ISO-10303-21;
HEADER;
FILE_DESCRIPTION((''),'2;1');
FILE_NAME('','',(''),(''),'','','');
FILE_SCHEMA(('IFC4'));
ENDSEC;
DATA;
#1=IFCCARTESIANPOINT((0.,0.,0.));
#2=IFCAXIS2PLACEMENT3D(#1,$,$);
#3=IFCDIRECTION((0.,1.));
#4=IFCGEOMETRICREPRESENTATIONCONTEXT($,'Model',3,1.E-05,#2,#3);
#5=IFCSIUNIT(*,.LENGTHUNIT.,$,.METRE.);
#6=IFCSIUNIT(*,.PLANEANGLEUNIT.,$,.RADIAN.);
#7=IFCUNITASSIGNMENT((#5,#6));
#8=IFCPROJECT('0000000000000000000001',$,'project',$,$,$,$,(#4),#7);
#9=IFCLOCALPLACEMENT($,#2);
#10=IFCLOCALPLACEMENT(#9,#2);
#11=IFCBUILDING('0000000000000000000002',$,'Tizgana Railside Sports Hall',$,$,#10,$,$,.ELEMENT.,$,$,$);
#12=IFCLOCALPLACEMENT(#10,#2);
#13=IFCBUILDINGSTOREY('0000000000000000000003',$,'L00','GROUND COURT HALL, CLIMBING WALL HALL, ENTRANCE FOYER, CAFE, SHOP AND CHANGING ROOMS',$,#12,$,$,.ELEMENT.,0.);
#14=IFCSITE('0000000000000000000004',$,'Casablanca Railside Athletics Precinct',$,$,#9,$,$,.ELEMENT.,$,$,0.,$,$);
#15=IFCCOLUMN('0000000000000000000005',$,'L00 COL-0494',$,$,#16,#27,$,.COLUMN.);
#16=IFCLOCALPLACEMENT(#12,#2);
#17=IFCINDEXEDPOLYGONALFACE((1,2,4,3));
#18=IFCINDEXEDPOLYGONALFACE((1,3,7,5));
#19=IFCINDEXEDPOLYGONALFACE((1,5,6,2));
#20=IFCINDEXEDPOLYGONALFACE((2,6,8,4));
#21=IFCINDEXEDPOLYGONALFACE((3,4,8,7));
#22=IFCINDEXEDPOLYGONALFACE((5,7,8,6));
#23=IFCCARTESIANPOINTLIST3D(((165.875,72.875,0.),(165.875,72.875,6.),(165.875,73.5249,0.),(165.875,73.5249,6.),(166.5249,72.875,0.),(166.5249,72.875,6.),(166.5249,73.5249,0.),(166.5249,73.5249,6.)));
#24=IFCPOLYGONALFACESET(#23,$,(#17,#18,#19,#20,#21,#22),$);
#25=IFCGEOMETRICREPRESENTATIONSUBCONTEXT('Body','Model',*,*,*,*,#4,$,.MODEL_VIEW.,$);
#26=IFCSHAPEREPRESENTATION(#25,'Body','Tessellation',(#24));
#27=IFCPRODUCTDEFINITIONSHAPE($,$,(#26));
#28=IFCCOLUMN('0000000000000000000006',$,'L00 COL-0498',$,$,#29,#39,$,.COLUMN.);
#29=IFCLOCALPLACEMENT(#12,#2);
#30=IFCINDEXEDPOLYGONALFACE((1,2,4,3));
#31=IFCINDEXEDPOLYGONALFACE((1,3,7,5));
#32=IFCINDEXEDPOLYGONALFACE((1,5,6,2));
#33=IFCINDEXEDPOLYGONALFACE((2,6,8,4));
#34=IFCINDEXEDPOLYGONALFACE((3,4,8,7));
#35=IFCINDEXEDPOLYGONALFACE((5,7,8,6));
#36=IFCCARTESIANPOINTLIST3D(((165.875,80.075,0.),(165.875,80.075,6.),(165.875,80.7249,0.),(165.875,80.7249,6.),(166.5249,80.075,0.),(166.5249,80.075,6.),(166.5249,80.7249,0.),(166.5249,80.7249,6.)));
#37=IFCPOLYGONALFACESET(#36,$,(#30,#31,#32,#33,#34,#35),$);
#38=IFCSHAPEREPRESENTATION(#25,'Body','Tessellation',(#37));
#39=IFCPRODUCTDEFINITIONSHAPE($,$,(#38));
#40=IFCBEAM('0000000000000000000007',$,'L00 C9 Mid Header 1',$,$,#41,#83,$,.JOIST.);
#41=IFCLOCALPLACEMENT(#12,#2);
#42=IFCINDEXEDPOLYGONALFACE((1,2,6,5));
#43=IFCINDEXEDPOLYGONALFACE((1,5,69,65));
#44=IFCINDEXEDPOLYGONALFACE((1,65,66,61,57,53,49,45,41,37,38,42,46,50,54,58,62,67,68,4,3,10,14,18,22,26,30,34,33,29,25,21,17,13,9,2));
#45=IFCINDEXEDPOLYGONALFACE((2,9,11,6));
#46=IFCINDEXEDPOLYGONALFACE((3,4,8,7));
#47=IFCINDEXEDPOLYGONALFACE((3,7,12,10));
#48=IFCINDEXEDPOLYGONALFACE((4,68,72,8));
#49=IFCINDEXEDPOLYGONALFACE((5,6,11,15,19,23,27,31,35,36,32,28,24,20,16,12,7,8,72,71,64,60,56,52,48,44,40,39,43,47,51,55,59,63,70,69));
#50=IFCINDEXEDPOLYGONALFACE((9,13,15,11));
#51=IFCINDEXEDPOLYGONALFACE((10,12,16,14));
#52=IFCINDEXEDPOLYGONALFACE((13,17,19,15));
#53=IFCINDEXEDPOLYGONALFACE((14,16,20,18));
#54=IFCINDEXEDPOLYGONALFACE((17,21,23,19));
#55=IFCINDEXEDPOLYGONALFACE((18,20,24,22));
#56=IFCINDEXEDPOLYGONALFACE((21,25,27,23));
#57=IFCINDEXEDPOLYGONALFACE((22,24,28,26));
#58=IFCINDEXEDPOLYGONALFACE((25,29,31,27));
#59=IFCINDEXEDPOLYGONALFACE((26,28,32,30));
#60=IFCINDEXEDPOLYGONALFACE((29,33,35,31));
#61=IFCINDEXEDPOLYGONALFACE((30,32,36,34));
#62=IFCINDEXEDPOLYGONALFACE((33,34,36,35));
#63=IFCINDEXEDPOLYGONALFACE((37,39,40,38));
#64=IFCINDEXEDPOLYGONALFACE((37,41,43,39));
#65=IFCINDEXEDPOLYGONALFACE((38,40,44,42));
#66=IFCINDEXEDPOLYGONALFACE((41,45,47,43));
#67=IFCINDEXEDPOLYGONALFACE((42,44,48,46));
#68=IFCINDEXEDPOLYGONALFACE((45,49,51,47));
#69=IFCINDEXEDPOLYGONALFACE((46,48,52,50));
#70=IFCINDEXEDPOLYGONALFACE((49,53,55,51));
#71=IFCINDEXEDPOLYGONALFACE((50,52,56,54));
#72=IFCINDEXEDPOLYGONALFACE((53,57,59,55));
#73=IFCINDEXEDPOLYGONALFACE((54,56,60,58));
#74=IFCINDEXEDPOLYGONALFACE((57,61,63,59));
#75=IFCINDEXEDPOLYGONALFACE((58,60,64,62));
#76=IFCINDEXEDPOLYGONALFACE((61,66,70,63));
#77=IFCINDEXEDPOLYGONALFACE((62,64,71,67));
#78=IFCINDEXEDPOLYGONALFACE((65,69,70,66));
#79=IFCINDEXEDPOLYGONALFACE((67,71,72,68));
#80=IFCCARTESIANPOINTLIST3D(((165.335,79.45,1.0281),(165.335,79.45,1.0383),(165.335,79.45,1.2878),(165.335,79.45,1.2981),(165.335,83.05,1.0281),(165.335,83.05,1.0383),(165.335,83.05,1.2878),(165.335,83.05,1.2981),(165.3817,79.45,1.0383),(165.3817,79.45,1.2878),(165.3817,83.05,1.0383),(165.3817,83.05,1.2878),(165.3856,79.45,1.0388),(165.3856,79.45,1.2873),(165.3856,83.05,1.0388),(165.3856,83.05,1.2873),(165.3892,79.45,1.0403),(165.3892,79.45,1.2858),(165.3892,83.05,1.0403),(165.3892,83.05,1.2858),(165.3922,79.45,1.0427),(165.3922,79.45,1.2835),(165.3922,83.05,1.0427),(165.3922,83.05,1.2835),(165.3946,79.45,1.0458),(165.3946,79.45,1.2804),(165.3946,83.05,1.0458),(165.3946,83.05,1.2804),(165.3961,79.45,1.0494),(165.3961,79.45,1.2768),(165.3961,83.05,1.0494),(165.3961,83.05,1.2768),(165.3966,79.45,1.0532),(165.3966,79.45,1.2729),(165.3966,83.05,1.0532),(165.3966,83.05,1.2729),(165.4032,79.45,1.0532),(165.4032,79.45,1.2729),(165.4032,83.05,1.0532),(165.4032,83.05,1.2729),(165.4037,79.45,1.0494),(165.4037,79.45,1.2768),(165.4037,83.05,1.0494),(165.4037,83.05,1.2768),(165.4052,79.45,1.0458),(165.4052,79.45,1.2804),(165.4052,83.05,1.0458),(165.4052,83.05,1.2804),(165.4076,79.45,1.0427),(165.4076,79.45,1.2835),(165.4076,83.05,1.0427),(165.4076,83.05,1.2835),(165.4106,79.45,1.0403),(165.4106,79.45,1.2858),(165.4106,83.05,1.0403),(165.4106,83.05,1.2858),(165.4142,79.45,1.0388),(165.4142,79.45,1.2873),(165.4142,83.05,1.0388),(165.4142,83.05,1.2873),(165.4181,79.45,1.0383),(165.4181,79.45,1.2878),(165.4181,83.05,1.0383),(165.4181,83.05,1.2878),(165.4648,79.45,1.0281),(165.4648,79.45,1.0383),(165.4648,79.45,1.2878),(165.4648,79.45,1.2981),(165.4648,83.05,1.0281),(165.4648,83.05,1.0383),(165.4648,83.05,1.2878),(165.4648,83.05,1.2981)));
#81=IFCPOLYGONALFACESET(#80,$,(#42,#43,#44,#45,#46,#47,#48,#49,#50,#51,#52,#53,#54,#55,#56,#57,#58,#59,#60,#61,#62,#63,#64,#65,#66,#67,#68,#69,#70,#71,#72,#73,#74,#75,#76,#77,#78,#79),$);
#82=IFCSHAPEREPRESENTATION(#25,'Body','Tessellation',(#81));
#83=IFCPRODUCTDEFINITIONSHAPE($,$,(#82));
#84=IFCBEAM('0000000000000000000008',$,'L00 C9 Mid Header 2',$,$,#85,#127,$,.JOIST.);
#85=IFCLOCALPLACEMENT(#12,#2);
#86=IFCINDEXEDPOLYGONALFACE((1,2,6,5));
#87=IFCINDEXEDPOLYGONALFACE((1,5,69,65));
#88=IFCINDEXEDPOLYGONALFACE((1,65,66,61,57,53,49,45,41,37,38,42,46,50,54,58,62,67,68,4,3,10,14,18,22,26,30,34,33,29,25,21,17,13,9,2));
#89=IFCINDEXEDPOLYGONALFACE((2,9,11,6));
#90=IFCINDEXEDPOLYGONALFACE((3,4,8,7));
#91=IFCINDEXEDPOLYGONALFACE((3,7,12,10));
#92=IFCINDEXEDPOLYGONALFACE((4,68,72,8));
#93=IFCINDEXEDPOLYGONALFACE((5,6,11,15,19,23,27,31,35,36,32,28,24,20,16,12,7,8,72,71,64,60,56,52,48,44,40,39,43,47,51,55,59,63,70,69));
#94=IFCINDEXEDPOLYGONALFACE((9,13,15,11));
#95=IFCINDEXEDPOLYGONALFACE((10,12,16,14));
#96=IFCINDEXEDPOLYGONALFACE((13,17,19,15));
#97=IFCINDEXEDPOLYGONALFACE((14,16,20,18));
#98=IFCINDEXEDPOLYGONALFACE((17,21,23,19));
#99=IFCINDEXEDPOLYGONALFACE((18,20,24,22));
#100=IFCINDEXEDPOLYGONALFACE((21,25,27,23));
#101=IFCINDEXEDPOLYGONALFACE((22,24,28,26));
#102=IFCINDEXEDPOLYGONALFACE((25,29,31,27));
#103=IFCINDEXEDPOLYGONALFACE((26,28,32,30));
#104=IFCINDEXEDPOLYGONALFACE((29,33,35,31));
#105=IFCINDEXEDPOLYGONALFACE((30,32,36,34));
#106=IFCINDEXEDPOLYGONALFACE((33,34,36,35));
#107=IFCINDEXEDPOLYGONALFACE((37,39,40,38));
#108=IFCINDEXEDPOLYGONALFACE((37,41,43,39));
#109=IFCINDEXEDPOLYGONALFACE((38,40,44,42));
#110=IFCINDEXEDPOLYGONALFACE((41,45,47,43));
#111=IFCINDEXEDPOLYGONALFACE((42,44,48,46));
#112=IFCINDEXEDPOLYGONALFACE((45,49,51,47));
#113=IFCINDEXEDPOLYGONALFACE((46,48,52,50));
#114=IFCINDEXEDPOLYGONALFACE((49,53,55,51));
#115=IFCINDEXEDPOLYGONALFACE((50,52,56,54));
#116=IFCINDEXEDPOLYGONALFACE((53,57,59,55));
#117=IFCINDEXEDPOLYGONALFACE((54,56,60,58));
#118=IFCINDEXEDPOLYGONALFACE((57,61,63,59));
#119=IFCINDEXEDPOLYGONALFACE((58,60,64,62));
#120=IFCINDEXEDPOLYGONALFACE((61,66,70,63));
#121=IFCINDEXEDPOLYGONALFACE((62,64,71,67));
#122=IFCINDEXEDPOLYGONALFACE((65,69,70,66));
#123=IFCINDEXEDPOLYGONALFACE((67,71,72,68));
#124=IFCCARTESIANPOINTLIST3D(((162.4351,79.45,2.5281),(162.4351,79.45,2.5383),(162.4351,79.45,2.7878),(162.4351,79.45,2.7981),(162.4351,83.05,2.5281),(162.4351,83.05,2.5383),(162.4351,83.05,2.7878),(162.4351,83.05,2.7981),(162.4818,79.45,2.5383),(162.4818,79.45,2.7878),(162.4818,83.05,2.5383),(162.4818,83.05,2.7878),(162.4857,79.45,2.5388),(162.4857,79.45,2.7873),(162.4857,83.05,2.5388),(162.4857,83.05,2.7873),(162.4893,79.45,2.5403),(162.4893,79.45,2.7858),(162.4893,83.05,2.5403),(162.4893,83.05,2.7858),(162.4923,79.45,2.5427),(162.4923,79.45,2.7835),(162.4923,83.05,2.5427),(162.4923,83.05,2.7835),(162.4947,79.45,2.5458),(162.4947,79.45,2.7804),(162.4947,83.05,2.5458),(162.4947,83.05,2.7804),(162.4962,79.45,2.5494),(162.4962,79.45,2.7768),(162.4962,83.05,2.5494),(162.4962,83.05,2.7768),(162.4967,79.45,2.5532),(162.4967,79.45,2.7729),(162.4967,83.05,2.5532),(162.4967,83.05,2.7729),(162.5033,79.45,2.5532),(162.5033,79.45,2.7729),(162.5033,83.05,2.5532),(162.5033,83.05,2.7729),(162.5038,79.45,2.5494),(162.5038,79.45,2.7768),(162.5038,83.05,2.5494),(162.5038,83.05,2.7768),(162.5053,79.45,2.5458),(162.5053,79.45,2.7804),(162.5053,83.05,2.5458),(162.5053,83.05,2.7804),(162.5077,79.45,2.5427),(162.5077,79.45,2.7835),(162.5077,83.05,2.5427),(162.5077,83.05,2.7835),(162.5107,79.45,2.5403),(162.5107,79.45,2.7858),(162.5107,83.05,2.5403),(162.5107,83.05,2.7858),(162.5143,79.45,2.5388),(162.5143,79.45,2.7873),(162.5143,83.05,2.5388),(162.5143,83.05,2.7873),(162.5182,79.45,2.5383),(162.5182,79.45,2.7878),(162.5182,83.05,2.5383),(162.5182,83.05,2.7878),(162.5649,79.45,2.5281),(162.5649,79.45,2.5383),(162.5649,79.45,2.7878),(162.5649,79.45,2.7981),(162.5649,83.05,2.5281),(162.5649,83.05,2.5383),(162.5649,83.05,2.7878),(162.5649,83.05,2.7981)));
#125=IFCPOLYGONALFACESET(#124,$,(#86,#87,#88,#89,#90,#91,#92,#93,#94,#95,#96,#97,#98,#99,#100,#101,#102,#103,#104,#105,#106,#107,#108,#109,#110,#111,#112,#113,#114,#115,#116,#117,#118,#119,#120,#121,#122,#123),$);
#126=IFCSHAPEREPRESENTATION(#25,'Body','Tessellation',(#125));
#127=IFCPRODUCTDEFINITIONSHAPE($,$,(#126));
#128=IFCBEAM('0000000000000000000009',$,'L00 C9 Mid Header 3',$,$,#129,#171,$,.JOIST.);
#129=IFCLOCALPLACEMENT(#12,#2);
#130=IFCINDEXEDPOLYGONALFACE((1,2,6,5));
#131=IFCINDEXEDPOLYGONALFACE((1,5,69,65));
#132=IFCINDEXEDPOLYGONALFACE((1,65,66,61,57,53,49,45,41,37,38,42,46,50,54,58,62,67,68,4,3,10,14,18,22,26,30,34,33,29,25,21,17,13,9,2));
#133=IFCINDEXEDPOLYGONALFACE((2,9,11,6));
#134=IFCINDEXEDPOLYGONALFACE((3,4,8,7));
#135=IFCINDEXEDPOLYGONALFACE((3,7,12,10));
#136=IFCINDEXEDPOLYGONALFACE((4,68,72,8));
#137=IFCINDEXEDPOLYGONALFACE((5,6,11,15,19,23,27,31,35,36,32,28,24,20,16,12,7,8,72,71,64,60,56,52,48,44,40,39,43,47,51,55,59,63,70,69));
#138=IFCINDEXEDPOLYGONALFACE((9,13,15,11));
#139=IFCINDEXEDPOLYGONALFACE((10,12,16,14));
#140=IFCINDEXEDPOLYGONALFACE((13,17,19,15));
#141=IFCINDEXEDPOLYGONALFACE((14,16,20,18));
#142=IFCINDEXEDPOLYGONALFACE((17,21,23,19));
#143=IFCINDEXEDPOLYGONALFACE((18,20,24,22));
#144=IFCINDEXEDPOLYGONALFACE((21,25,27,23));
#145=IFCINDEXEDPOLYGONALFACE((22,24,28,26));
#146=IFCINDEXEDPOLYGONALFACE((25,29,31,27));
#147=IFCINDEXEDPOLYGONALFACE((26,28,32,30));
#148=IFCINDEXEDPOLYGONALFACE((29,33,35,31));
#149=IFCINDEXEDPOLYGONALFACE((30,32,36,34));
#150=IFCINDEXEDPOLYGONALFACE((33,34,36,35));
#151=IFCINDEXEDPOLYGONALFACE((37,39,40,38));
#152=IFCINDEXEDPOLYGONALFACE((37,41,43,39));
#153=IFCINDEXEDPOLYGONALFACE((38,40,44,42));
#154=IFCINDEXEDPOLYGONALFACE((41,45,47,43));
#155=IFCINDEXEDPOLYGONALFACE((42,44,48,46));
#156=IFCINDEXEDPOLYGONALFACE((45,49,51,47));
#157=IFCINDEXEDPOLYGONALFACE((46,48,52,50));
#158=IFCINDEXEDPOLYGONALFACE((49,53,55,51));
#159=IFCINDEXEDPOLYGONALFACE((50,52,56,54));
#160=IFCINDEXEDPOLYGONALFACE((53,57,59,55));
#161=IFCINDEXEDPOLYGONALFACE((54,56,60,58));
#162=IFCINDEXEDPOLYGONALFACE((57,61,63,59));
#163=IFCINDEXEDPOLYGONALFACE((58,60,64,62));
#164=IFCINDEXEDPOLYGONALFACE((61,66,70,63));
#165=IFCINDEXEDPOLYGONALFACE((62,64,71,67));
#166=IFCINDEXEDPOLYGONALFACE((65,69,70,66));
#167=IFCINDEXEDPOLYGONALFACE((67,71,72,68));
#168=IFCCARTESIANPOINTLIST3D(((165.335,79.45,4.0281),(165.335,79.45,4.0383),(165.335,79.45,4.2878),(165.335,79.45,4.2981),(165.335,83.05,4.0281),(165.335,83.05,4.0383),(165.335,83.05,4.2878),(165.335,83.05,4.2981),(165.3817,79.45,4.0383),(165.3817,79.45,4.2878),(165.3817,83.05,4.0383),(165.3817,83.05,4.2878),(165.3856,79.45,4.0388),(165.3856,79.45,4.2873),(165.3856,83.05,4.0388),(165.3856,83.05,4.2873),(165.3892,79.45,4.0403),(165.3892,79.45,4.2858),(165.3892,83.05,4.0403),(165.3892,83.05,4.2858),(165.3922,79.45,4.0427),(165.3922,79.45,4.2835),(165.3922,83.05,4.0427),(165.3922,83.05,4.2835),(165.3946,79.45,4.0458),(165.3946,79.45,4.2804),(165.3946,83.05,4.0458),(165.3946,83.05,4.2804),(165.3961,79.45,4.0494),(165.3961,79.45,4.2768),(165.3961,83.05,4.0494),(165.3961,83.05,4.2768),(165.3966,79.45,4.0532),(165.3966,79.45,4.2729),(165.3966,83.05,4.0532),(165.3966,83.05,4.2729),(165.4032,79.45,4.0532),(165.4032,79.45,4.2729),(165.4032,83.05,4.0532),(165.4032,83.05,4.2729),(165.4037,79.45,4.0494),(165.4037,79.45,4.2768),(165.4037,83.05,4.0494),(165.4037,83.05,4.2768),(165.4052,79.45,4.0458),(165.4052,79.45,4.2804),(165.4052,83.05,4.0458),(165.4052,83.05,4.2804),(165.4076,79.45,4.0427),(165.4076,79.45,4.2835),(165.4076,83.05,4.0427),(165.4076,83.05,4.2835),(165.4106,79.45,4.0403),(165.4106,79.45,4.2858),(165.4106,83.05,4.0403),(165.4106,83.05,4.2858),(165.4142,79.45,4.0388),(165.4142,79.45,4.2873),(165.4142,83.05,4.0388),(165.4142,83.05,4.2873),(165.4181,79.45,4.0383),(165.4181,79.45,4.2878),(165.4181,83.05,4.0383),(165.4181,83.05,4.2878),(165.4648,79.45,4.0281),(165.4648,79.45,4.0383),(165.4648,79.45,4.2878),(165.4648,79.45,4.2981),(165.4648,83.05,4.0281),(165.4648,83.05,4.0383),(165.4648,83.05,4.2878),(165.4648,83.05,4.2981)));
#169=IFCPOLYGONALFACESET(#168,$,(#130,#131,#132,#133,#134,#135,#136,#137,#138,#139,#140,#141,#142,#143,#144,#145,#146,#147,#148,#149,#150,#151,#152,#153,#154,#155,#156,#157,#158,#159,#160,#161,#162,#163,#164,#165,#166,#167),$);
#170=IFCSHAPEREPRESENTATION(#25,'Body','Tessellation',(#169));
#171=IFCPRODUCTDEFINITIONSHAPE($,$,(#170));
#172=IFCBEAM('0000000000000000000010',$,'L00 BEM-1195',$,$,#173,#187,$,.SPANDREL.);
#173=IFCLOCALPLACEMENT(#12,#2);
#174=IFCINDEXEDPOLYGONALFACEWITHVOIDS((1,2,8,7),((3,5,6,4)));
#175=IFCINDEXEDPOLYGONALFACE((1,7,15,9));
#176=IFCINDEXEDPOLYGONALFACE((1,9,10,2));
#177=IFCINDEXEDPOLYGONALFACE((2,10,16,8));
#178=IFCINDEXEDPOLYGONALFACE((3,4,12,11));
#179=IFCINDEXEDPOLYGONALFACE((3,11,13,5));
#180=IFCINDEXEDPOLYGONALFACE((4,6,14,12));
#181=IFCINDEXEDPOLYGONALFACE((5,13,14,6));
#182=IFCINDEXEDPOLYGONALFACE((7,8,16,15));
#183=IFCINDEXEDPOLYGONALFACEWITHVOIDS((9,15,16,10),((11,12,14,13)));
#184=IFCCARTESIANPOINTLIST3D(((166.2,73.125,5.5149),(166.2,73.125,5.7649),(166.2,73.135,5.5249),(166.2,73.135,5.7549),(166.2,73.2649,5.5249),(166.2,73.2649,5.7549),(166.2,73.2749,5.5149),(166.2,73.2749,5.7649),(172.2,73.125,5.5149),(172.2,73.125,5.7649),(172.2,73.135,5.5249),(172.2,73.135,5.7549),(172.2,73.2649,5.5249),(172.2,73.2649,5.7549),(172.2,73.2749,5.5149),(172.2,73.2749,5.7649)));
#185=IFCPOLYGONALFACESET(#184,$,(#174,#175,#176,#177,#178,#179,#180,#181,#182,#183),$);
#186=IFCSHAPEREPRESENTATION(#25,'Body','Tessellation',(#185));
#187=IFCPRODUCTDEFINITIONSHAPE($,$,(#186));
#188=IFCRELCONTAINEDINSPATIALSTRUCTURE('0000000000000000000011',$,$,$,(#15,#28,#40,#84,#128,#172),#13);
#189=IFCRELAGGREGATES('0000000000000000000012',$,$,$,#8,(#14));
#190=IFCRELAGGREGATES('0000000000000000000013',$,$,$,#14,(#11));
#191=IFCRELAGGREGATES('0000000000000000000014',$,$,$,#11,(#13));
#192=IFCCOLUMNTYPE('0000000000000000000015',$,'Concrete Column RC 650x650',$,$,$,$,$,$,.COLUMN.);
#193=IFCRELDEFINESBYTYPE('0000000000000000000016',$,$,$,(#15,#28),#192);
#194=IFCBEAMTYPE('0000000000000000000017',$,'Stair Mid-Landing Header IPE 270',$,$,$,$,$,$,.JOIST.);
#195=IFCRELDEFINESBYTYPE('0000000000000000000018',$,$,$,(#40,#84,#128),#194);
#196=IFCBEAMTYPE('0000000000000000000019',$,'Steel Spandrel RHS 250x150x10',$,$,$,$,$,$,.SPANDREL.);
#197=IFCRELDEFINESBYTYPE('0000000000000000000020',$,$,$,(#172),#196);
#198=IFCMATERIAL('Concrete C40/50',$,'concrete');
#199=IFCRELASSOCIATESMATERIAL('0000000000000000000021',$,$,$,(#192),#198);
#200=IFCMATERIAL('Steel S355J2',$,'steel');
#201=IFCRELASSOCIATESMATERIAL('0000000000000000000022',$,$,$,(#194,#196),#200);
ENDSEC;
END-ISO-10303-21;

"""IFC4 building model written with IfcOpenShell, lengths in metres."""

from ifc_helpers import new_model, si_unit, direction, frame, origin, origin_2d, place, context, subcontext, project, spatial, rectangle, hollow_rectangle, i_section, extrude, material, material_profile, profile_set, type_object, element, save


model = new_model("IFC4")

# Units and contexts
model_context = context("Model", 3, precision=1e-05, world=origin(), true_north=direction((0.0, 1.0)))
body_context = subcontext(model_context, "Body", "Model", "MODEL_VIEW")
ifc_project = project(units=[si_unit("LENGTHUNIT", "METRE"), si_unit("PLANEANGLEUNIT", "RADIAN")], contexts=[model_context])

# Site, building, storey
site_placement = place(None, origin())
site = spatial("IfcSite", under=ifc_project, at=site_placement, Name="Casablanca Railside Athletics Precinct", CompositionType="ELEMENT", RefElevation=0.0)
building_placement = place(site_placement, origin())
building = spatial("IfcBuilding", under=site, at=building_placement, Name="Tizgana Railside Sports Hall", CompositionType="ELEMENT")
storey_placement = place(building_placement, origin())
storey = spatial("IfcBuildingStorey", under=building, at=storey_placement, Name="L00", Description="GROUND COURT HALL, CLIMBING WALL HALL, ENTRANCE FOYER, CAFE, SHOP AND CHANGING ROOMS", CompositionType="ELEMENT", Elevation=0.0)

# Columns
ifc_material_1 = material(Name="Concrete C40/50", Category="concrete")
ifc_material_profile_1 = material_profile(ifc_material_1, rectangle(XDim=0.6499, YDim=0.6499, at=origin_2d()), Name="RC 650x650")
ifc_profile_set_1 = profile_set([ifc_material_profile_1], Name="Concrete C40/50")
column_type = type_object("IfcColumnType", Name="Concrete Column RC 650x650", PredefinedType="COLUMN", material=ifc_profile_set_1)
for number, where, z_axis, x_axis, name in (
    (1, (166.2, 73.2, 0.0), (0.0, 0.0, 1.0), (1.0, 0.0, 0.0), "L00 COL-0494"),
    (2, (166.2, 80.3999, 0.0), (0.0, 0.0, 1.0), (1.0, 0.0, 0.0), "L00 COL-0498"),
):
    element("IfcColumn", number, at=place(storey_placement, frame(where, z_axis=z_axis, x_axis=x_axis)), inside=storey, type_object=column_type, Name=name, PredefinedType="COLUMN", context=body_context, shape_type="SweptSolid", body=[
        extrude(rectangle(XDim=0.6499, YDim=0.6499, at=origin_2d()), origin(), (0.0, 0.0, 1.0), 6.0),
    ])

# Beams
ifc_material_2 = material(Name="Steel S355J2", Category="steel")
ifc_material_profile_2 = material_profile(ifc_material_2, i_section(OverallWidth=0.1299, OverallDepth=0.27, WebThickness=0.0066, FlangeThickness=0.0103, FilletRadius=0.0149, at=origin_2d()), Name="IPE 270")
ifc_profile_set_2 = profile_set([ifc_material_profile_2], Name="Steel S355J2")
beam_type_1 = type_object("IfcBeamType", Name="Stair Mid-Landing Header IPE 270", PredefinedType="JOIST", material=ifc_profile_set_2)
for number, where, z_axis, x_axis, name in (
    (3, (165.3999, 79.45, 1.1631), (0.0, 1.0, 0.0), (-1.0, 0.0, 0.0), "L00 C9 Mid Header 1"),
    (4, (162.5, 79.45, 2.6631), (0.0, 1.0, 0.0), (-1.0, 0.0, 0.0), "L00 C9 Mid Header 2"),
    (5, (165.3999, 79.45, 4.1631), (0.0, 1.0, 0.0), (-1.0, 0.0, 0.0), "L00 C9 Mid Header 3"),
):
    element("IfcBeam", number, at=place(storey_placement, frame(where, z_axis=z_axis, x_axis=x_axis)), inside=storey, type_object=beam_type_1, Name=name, PredefinedType="JOIST", context=body_context, shape_type="SweptSolid", body=[
        extrude(i_section(OverallWidth=0.1299, OverallDepth=0.27, WebThickness=0.0066, FlangeThickness=0.0103, FilletRadius=0.0149, at=origin_2d()), origin(), (0.0, 0.0, 1.0), 3.6001),
    ])
ifc_material_profile_3 = material_profile(ifc_material_2, hollow_rectangle(XDim=0.1499, YDim=0.25, WallThickness=0.01, at=origin_2d()), Name="RHS 250x150x10")
ifc_profile_set_3 = profile_set([ifc_material_profile_3], Name="Steel S355J2")
beam_type_2 = type_object("IfcBeamType", Name="Steel Spandrel RHS 250x150x10", PredefinedType="SPANDREL", material=ifc_profile_set_3)
beam_placement = place(storey_placement, frame((166.2, 73.2, 5.6399), z_axis=(1.0, 0.0, 0.0), x_axis=(0.0, 1.0, 0.0)))
element("IfcBeam", 6, at=beam_placement, inside=storey, type_object=beam_type_2, Name="L00 BEM-1195", PredefinedType="SPANDREL", context=body_context, shape_type="SweptSolid", body=[
    extrude(hollow_rectangle(XDim=0.1499, YDim=0.25, WallThickness=0.01, at=origin_2d()), origin(), (0.0, 0.0, 1.0), 6.0),
])

save(model, "model.ifc")
